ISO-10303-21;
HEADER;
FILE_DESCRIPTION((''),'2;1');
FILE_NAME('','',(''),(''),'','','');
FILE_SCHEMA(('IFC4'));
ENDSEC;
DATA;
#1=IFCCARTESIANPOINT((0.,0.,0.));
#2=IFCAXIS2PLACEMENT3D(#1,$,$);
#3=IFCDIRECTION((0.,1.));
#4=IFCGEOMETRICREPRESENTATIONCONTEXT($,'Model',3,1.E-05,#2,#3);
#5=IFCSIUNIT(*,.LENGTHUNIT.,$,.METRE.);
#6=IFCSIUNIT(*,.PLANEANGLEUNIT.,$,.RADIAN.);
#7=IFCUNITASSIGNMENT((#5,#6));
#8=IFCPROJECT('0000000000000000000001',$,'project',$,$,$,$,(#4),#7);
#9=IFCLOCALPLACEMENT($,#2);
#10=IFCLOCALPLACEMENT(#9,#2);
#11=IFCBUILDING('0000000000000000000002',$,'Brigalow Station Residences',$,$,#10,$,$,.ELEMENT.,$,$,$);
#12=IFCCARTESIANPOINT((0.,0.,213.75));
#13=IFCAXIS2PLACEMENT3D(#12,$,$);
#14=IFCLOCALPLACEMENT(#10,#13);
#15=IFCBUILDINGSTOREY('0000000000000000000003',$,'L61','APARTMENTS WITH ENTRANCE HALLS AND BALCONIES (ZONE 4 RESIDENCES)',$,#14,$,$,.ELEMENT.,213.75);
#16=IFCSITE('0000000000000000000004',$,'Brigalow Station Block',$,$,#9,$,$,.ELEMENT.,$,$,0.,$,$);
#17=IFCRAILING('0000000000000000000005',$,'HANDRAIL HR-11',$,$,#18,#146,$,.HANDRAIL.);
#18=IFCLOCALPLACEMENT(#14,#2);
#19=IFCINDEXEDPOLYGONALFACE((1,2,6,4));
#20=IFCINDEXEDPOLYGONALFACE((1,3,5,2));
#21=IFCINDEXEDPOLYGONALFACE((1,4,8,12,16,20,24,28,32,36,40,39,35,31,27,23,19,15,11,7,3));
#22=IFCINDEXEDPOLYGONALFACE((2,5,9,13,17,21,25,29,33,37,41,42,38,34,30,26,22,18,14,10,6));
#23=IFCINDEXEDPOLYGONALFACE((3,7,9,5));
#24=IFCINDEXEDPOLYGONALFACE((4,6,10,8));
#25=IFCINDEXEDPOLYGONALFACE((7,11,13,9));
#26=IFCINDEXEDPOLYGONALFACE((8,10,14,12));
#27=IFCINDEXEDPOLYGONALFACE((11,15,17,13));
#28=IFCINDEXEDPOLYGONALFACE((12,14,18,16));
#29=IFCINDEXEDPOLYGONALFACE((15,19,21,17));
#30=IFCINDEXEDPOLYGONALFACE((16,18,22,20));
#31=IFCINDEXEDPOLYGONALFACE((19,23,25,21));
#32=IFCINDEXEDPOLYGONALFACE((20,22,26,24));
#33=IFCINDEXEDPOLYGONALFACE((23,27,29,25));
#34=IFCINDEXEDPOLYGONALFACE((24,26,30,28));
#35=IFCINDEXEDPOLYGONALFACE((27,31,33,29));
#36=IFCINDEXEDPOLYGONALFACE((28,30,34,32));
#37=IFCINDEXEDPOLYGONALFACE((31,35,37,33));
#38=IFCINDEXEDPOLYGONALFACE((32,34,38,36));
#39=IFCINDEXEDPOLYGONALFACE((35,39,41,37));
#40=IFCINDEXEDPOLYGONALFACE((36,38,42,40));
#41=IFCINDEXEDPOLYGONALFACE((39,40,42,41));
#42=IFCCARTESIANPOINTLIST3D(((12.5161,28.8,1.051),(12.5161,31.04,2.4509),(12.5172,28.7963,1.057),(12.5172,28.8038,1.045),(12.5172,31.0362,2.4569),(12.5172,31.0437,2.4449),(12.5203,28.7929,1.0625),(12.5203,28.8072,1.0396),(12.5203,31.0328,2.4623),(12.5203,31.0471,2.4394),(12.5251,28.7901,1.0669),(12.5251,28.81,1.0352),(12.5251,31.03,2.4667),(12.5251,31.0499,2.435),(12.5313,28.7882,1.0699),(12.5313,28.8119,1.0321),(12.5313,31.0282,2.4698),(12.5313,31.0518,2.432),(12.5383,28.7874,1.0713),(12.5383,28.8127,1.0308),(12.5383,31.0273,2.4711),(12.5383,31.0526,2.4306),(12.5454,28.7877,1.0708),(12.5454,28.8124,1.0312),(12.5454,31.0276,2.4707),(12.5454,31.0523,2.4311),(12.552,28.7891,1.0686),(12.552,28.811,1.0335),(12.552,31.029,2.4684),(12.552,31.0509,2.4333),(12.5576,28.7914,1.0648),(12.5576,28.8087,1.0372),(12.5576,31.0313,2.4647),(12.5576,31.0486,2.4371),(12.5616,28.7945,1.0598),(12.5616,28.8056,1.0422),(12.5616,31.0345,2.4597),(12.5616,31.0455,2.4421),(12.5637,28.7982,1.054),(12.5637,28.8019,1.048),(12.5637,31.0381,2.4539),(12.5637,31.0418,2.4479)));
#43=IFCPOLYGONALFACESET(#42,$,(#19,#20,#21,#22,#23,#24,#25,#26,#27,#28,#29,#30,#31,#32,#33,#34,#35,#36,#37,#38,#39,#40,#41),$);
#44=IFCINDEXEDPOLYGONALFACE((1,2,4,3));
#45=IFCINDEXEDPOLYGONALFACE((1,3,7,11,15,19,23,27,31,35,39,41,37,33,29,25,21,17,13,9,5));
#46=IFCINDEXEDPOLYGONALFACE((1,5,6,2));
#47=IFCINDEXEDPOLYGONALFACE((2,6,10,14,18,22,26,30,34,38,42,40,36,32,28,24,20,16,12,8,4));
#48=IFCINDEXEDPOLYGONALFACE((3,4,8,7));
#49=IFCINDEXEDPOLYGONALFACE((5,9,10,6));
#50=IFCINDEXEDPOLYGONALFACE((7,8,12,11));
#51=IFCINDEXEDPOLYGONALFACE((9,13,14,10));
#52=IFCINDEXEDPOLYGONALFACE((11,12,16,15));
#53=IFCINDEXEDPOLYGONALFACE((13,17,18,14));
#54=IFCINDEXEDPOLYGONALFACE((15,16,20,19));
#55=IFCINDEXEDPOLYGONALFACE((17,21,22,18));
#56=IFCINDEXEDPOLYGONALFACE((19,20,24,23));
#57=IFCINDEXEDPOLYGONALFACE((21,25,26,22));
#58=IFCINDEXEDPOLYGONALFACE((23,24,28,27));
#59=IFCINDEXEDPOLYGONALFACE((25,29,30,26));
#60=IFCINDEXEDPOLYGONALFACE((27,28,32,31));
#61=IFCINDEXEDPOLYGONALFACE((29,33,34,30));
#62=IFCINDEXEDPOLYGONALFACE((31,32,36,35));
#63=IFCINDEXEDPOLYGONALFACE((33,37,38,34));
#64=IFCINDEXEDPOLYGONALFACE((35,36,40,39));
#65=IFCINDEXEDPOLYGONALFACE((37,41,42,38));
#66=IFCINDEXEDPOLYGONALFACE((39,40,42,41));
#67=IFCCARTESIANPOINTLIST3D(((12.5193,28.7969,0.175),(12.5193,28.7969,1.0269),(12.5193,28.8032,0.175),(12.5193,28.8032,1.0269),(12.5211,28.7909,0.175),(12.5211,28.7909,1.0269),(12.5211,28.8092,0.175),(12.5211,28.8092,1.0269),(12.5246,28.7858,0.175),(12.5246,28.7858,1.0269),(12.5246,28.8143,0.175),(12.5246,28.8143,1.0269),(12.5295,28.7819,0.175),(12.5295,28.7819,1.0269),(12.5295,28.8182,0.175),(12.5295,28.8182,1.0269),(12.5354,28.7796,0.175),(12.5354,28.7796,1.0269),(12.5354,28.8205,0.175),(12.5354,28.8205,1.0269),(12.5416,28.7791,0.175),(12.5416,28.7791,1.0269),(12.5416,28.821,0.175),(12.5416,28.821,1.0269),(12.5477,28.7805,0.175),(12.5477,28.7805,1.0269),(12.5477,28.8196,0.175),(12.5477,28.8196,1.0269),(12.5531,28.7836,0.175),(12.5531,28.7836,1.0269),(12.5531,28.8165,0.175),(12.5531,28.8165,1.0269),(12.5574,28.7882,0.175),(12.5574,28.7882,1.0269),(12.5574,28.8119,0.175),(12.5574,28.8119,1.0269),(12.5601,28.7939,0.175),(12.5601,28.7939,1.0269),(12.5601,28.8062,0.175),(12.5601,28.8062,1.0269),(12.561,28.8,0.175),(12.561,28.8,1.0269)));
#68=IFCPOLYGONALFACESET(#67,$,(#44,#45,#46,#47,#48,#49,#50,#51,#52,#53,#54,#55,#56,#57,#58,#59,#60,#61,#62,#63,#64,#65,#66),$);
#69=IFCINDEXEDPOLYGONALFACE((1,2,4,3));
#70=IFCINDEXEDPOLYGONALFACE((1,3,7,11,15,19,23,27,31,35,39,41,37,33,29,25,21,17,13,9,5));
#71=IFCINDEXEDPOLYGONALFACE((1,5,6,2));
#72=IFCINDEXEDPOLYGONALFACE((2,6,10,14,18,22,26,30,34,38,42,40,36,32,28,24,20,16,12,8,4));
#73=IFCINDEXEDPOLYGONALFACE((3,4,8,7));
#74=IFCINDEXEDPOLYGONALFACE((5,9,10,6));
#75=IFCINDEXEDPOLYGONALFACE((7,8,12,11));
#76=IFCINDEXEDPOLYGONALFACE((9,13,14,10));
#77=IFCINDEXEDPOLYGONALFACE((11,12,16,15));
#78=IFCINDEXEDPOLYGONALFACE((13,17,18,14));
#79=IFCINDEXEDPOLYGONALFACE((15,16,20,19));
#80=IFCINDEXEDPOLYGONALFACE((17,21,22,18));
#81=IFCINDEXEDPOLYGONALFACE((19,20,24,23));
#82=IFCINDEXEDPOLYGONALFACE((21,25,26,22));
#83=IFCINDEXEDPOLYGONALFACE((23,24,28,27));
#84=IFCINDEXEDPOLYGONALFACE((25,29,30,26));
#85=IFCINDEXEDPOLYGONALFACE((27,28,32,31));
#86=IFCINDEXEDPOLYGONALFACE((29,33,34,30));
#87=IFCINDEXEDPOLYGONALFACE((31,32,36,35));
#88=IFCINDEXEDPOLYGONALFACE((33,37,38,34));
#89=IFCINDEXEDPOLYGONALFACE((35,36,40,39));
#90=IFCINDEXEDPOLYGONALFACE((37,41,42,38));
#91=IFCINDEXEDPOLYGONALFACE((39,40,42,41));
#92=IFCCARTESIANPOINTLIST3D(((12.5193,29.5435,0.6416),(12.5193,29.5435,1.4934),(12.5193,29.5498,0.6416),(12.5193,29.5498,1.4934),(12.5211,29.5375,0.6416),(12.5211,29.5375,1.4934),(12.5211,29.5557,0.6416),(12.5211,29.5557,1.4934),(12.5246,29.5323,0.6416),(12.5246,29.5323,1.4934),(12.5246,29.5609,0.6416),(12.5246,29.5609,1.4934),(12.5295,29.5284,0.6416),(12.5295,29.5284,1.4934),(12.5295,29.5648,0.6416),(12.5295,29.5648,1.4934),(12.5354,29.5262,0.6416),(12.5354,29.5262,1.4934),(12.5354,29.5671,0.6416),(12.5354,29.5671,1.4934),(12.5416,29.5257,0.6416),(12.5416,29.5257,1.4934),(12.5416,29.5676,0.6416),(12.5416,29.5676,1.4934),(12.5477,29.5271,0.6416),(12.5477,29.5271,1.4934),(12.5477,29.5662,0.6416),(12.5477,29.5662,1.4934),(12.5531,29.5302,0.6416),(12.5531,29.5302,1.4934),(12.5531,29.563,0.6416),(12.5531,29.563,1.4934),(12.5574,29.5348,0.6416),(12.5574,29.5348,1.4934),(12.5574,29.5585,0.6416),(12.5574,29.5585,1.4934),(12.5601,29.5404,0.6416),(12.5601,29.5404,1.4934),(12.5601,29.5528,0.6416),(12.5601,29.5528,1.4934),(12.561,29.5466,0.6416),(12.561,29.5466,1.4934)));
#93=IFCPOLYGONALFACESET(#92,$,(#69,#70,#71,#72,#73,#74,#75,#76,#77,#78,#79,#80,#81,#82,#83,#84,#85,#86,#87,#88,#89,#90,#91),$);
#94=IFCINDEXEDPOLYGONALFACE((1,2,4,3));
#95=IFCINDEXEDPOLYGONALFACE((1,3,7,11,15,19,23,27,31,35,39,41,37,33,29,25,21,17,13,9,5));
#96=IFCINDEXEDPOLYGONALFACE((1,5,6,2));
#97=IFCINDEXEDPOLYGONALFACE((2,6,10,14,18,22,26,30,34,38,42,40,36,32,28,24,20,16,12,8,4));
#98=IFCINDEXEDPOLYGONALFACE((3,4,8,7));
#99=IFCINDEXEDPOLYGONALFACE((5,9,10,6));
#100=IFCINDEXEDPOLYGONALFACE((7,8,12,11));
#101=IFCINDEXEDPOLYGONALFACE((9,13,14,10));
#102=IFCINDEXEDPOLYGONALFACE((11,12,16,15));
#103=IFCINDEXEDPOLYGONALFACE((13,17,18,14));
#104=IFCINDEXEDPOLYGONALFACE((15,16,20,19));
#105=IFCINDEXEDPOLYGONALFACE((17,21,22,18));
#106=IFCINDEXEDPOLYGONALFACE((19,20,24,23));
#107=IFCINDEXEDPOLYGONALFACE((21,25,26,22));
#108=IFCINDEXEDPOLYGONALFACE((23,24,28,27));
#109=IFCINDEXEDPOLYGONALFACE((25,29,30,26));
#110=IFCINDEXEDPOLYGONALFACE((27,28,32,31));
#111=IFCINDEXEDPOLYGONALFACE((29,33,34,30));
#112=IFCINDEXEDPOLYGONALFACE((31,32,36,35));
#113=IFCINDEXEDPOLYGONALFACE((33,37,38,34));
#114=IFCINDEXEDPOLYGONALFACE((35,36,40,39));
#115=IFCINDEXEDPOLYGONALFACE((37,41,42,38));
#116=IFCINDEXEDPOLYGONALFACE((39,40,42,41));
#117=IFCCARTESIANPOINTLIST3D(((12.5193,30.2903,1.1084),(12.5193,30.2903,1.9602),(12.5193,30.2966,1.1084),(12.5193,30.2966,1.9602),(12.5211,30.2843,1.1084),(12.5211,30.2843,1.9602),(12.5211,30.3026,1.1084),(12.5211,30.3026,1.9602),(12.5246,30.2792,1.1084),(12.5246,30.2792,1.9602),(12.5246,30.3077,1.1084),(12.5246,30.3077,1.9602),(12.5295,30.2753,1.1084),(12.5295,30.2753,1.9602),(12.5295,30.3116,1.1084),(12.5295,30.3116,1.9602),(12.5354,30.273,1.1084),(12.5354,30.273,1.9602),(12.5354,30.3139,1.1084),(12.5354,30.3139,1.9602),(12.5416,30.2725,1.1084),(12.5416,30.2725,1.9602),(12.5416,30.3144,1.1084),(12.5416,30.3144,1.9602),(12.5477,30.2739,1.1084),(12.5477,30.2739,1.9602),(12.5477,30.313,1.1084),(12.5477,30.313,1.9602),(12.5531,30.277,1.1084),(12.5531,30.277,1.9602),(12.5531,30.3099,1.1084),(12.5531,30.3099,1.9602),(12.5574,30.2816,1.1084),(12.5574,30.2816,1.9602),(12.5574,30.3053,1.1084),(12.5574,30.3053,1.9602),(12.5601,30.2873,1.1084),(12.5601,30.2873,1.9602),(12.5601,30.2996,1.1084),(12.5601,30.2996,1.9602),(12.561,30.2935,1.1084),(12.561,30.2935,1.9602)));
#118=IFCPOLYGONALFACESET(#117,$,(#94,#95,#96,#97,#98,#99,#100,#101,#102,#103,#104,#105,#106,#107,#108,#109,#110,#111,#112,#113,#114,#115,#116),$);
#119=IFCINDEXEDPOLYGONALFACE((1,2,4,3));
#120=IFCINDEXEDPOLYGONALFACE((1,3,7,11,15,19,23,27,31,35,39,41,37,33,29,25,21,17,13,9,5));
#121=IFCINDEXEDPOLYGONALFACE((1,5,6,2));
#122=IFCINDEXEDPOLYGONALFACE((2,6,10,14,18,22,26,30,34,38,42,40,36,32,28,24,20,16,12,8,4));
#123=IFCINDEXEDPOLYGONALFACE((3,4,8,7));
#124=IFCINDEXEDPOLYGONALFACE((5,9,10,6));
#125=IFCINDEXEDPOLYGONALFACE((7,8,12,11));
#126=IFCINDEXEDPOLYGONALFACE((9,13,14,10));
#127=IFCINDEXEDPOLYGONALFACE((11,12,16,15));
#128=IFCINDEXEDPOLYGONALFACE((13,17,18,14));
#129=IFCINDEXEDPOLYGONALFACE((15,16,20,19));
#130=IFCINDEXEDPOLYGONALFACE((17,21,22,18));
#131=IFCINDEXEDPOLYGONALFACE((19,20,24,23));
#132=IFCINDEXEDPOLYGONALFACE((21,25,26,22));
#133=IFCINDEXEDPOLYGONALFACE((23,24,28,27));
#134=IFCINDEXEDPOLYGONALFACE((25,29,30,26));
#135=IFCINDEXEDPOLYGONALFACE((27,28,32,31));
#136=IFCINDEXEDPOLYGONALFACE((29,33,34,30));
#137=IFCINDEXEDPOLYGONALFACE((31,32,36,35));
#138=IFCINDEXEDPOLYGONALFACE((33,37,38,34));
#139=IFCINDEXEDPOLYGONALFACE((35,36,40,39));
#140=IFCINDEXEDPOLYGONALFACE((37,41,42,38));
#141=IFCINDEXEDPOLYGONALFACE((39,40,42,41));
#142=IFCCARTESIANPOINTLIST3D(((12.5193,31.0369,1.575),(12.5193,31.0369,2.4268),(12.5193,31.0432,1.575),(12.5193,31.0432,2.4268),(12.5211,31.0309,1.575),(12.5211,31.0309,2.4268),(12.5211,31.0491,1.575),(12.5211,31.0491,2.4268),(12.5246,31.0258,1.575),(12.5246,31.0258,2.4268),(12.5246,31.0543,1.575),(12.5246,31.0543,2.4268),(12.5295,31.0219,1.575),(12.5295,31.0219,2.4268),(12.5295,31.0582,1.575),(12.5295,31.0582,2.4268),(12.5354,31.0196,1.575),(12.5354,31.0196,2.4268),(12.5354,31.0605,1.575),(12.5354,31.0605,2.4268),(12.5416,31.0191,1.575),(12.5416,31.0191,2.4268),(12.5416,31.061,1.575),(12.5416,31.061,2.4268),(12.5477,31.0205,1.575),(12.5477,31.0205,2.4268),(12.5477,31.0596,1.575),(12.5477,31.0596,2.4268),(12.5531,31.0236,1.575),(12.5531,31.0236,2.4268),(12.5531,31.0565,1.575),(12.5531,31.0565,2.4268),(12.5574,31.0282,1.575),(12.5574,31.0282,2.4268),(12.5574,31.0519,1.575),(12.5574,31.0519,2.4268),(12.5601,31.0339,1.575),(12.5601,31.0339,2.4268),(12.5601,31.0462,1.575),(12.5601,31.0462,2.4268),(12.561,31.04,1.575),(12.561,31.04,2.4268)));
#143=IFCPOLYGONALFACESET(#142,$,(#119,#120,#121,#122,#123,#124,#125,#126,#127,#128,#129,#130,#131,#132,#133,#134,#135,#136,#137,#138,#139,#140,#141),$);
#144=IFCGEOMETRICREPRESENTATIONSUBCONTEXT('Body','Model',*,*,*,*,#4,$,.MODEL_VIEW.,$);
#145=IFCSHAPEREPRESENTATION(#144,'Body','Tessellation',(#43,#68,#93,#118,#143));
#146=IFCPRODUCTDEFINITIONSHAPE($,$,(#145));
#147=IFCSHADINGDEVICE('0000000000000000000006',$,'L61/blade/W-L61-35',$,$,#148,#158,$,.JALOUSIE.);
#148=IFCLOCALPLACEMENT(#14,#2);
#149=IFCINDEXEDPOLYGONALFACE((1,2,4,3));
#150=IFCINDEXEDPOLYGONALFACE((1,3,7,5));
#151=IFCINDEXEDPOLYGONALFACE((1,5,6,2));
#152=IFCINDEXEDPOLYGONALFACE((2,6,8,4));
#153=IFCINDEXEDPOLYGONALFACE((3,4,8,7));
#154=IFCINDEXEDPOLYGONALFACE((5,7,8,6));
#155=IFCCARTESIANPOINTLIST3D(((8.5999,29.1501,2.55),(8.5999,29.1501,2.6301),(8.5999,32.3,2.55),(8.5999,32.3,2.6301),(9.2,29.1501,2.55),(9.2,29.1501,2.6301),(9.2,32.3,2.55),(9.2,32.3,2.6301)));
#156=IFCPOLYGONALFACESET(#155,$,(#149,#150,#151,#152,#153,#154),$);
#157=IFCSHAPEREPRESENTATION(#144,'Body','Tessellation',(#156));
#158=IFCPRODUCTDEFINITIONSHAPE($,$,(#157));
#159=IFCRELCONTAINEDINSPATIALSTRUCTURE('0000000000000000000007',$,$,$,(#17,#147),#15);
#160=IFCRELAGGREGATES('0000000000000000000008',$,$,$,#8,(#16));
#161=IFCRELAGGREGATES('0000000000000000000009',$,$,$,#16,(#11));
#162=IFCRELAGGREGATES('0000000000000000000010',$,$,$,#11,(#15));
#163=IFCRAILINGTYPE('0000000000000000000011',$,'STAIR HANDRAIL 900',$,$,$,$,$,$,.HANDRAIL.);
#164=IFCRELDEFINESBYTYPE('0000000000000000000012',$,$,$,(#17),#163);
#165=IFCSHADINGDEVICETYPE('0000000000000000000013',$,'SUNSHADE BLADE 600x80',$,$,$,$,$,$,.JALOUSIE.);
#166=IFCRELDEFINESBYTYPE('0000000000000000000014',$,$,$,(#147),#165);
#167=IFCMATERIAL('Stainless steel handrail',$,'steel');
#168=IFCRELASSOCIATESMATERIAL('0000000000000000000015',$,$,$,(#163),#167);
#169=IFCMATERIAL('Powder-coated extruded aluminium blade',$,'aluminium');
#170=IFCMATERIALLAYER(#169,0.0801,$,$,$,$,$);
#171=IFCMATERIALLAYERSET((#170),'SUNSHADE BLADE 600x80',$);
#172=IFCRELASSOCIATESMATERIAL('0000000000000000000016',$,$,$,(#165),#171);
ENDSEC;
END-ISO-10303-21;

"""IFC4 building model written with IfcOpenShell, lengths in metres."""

from ifc_helpers import new_model, si_unit, direction, frame, origin, origin_2d, place, context, subcontext, project, spatial, rectangle, circle, extrude, material, layer, layer_set, type_object, element, save


model = new_model("IFC4")

# Units and contexts
model_context = context("Model", 3, precision=1e-05, world=origin(), true_north=direction((0.0, 1.0)))
body_context = subcontext(model_context, "Body", "Model", "MODEL_VIEW")
ifc_project = project(units=[si_unit("LENGTHUNIT", "METRE"), si_unit("PLANEANGLEUNIT", "RADIAN")], contexts=[model_context])

# Site, building, storey
site_placement = place(None, origin())
site = spatial("IfcSite", under=ifc_project, at=site_placement, Name="Brigalow Station Block", CompositionType="ELEMENT", RefElevation=0.0)
building_placement = place(site_placement, origin())
building = spatial("IfcBuilding", under=site, at=building_placement, Name="Brigalow Station Residences", CompositionType="ELEMENT")
storey_placement = place(building_placement, frame((0.0, 0.0, 213.75)))
storey = spatial("IfcBuildingStorey", under=building, at=storey_placement, Name="L61", Description="APARTMENTS WITH ENTRANCE HALLS AND BALCONIES (ZONE 4 RESIDENCES)", CompositionType="ELEMENT", Elevation=213.75)

# Railing
ifc_material_1 = material(Name="Stainless steel handrail", Category="steel")
railing_type_1 = type_object("IfcRailingType", Name="STAIR HANDRAIL 900", PredefinedType="HANDRAIL", material=ifc_material_1)
railing_1_placement = place(storey_placement, frame((12.54, 28.8, 0.175)))
element("IfcRailing", 1, at=railing_1_placement, inside=storey, type_object=railing_type_1, Name="HANDRAIL HR-11", PredefinedType="HANDRAIL", context=body_context, shape_type="SweptSolid", body=[
    extrude(circle(Radius=0.0239, at=origin_2d()), frame((0.0, 0.0, 0.876), z_axis=(0.0, 0.848014, 0.529974), x_axis=(-1.0, 0.0, 0.0)), (0.0, 0.0, 1.0), 2.6414),
    extrude(circle(Radius=0.021, at=origin_2d()), origin(), (0.0, 0.0, 1.0), 0.8518),
    extrude(circle(Radius=0.021, at=origin_2d()), frame((0.0, 0.7466, 0.4666)), (0.0, 0.0, 1.0), 0.8518),
    extrude(circle(Radius=0.021, at=origin_2d()), frame((0.0, 1.4934, 0.9333)), (0.0, 0.0, 1.0), 0.8518),
    extrude(circle(Radius=0.021, at=origin_2d()), frame((0.0, 2.24, 1.3999)), (0.0, 0.0, 1.0), 0.8518),
])

# Shading device
ifc_material_2 = material(Name="Powder-coated extruded aluminium blade", Category="aluminium")
ifc_layer_1 = layer(ifc_material_2, 0.0801)
ifc_layer_set_1 = layer_set([ifc_layer_1], Name="SUNSHADE BLADE 600x80")
shading_device_type = type_object("IfcShadingDeviceType", Name="SUNSHADE BLADE 600x80", PredefinedType="JALOUSIE", material=ifc_layer_set_1)
shading_device_placement = place(storey_placement, frame((8.8999, 30.7251, 2.55), z_axis=(0.0, 0.0, 1.0), x_axis=(0.0, -1.0, 0.0)))
element("IfcShadingDevice", 2, at=shading_device_placement, inside=storey, type_object=shading_device_type, Name="L61/blade/W-L61-35", PredefinedType="JALOUSIE", context=body_context, shape_type="SweptSolid", body=[
    extrude(rectangle(XDim=3.1499, YDim=0.6001, at=origin_2d()), origin(), (0.0, 0.0, 1.0), 0.0801),
])

save(model, "model.ifc")
